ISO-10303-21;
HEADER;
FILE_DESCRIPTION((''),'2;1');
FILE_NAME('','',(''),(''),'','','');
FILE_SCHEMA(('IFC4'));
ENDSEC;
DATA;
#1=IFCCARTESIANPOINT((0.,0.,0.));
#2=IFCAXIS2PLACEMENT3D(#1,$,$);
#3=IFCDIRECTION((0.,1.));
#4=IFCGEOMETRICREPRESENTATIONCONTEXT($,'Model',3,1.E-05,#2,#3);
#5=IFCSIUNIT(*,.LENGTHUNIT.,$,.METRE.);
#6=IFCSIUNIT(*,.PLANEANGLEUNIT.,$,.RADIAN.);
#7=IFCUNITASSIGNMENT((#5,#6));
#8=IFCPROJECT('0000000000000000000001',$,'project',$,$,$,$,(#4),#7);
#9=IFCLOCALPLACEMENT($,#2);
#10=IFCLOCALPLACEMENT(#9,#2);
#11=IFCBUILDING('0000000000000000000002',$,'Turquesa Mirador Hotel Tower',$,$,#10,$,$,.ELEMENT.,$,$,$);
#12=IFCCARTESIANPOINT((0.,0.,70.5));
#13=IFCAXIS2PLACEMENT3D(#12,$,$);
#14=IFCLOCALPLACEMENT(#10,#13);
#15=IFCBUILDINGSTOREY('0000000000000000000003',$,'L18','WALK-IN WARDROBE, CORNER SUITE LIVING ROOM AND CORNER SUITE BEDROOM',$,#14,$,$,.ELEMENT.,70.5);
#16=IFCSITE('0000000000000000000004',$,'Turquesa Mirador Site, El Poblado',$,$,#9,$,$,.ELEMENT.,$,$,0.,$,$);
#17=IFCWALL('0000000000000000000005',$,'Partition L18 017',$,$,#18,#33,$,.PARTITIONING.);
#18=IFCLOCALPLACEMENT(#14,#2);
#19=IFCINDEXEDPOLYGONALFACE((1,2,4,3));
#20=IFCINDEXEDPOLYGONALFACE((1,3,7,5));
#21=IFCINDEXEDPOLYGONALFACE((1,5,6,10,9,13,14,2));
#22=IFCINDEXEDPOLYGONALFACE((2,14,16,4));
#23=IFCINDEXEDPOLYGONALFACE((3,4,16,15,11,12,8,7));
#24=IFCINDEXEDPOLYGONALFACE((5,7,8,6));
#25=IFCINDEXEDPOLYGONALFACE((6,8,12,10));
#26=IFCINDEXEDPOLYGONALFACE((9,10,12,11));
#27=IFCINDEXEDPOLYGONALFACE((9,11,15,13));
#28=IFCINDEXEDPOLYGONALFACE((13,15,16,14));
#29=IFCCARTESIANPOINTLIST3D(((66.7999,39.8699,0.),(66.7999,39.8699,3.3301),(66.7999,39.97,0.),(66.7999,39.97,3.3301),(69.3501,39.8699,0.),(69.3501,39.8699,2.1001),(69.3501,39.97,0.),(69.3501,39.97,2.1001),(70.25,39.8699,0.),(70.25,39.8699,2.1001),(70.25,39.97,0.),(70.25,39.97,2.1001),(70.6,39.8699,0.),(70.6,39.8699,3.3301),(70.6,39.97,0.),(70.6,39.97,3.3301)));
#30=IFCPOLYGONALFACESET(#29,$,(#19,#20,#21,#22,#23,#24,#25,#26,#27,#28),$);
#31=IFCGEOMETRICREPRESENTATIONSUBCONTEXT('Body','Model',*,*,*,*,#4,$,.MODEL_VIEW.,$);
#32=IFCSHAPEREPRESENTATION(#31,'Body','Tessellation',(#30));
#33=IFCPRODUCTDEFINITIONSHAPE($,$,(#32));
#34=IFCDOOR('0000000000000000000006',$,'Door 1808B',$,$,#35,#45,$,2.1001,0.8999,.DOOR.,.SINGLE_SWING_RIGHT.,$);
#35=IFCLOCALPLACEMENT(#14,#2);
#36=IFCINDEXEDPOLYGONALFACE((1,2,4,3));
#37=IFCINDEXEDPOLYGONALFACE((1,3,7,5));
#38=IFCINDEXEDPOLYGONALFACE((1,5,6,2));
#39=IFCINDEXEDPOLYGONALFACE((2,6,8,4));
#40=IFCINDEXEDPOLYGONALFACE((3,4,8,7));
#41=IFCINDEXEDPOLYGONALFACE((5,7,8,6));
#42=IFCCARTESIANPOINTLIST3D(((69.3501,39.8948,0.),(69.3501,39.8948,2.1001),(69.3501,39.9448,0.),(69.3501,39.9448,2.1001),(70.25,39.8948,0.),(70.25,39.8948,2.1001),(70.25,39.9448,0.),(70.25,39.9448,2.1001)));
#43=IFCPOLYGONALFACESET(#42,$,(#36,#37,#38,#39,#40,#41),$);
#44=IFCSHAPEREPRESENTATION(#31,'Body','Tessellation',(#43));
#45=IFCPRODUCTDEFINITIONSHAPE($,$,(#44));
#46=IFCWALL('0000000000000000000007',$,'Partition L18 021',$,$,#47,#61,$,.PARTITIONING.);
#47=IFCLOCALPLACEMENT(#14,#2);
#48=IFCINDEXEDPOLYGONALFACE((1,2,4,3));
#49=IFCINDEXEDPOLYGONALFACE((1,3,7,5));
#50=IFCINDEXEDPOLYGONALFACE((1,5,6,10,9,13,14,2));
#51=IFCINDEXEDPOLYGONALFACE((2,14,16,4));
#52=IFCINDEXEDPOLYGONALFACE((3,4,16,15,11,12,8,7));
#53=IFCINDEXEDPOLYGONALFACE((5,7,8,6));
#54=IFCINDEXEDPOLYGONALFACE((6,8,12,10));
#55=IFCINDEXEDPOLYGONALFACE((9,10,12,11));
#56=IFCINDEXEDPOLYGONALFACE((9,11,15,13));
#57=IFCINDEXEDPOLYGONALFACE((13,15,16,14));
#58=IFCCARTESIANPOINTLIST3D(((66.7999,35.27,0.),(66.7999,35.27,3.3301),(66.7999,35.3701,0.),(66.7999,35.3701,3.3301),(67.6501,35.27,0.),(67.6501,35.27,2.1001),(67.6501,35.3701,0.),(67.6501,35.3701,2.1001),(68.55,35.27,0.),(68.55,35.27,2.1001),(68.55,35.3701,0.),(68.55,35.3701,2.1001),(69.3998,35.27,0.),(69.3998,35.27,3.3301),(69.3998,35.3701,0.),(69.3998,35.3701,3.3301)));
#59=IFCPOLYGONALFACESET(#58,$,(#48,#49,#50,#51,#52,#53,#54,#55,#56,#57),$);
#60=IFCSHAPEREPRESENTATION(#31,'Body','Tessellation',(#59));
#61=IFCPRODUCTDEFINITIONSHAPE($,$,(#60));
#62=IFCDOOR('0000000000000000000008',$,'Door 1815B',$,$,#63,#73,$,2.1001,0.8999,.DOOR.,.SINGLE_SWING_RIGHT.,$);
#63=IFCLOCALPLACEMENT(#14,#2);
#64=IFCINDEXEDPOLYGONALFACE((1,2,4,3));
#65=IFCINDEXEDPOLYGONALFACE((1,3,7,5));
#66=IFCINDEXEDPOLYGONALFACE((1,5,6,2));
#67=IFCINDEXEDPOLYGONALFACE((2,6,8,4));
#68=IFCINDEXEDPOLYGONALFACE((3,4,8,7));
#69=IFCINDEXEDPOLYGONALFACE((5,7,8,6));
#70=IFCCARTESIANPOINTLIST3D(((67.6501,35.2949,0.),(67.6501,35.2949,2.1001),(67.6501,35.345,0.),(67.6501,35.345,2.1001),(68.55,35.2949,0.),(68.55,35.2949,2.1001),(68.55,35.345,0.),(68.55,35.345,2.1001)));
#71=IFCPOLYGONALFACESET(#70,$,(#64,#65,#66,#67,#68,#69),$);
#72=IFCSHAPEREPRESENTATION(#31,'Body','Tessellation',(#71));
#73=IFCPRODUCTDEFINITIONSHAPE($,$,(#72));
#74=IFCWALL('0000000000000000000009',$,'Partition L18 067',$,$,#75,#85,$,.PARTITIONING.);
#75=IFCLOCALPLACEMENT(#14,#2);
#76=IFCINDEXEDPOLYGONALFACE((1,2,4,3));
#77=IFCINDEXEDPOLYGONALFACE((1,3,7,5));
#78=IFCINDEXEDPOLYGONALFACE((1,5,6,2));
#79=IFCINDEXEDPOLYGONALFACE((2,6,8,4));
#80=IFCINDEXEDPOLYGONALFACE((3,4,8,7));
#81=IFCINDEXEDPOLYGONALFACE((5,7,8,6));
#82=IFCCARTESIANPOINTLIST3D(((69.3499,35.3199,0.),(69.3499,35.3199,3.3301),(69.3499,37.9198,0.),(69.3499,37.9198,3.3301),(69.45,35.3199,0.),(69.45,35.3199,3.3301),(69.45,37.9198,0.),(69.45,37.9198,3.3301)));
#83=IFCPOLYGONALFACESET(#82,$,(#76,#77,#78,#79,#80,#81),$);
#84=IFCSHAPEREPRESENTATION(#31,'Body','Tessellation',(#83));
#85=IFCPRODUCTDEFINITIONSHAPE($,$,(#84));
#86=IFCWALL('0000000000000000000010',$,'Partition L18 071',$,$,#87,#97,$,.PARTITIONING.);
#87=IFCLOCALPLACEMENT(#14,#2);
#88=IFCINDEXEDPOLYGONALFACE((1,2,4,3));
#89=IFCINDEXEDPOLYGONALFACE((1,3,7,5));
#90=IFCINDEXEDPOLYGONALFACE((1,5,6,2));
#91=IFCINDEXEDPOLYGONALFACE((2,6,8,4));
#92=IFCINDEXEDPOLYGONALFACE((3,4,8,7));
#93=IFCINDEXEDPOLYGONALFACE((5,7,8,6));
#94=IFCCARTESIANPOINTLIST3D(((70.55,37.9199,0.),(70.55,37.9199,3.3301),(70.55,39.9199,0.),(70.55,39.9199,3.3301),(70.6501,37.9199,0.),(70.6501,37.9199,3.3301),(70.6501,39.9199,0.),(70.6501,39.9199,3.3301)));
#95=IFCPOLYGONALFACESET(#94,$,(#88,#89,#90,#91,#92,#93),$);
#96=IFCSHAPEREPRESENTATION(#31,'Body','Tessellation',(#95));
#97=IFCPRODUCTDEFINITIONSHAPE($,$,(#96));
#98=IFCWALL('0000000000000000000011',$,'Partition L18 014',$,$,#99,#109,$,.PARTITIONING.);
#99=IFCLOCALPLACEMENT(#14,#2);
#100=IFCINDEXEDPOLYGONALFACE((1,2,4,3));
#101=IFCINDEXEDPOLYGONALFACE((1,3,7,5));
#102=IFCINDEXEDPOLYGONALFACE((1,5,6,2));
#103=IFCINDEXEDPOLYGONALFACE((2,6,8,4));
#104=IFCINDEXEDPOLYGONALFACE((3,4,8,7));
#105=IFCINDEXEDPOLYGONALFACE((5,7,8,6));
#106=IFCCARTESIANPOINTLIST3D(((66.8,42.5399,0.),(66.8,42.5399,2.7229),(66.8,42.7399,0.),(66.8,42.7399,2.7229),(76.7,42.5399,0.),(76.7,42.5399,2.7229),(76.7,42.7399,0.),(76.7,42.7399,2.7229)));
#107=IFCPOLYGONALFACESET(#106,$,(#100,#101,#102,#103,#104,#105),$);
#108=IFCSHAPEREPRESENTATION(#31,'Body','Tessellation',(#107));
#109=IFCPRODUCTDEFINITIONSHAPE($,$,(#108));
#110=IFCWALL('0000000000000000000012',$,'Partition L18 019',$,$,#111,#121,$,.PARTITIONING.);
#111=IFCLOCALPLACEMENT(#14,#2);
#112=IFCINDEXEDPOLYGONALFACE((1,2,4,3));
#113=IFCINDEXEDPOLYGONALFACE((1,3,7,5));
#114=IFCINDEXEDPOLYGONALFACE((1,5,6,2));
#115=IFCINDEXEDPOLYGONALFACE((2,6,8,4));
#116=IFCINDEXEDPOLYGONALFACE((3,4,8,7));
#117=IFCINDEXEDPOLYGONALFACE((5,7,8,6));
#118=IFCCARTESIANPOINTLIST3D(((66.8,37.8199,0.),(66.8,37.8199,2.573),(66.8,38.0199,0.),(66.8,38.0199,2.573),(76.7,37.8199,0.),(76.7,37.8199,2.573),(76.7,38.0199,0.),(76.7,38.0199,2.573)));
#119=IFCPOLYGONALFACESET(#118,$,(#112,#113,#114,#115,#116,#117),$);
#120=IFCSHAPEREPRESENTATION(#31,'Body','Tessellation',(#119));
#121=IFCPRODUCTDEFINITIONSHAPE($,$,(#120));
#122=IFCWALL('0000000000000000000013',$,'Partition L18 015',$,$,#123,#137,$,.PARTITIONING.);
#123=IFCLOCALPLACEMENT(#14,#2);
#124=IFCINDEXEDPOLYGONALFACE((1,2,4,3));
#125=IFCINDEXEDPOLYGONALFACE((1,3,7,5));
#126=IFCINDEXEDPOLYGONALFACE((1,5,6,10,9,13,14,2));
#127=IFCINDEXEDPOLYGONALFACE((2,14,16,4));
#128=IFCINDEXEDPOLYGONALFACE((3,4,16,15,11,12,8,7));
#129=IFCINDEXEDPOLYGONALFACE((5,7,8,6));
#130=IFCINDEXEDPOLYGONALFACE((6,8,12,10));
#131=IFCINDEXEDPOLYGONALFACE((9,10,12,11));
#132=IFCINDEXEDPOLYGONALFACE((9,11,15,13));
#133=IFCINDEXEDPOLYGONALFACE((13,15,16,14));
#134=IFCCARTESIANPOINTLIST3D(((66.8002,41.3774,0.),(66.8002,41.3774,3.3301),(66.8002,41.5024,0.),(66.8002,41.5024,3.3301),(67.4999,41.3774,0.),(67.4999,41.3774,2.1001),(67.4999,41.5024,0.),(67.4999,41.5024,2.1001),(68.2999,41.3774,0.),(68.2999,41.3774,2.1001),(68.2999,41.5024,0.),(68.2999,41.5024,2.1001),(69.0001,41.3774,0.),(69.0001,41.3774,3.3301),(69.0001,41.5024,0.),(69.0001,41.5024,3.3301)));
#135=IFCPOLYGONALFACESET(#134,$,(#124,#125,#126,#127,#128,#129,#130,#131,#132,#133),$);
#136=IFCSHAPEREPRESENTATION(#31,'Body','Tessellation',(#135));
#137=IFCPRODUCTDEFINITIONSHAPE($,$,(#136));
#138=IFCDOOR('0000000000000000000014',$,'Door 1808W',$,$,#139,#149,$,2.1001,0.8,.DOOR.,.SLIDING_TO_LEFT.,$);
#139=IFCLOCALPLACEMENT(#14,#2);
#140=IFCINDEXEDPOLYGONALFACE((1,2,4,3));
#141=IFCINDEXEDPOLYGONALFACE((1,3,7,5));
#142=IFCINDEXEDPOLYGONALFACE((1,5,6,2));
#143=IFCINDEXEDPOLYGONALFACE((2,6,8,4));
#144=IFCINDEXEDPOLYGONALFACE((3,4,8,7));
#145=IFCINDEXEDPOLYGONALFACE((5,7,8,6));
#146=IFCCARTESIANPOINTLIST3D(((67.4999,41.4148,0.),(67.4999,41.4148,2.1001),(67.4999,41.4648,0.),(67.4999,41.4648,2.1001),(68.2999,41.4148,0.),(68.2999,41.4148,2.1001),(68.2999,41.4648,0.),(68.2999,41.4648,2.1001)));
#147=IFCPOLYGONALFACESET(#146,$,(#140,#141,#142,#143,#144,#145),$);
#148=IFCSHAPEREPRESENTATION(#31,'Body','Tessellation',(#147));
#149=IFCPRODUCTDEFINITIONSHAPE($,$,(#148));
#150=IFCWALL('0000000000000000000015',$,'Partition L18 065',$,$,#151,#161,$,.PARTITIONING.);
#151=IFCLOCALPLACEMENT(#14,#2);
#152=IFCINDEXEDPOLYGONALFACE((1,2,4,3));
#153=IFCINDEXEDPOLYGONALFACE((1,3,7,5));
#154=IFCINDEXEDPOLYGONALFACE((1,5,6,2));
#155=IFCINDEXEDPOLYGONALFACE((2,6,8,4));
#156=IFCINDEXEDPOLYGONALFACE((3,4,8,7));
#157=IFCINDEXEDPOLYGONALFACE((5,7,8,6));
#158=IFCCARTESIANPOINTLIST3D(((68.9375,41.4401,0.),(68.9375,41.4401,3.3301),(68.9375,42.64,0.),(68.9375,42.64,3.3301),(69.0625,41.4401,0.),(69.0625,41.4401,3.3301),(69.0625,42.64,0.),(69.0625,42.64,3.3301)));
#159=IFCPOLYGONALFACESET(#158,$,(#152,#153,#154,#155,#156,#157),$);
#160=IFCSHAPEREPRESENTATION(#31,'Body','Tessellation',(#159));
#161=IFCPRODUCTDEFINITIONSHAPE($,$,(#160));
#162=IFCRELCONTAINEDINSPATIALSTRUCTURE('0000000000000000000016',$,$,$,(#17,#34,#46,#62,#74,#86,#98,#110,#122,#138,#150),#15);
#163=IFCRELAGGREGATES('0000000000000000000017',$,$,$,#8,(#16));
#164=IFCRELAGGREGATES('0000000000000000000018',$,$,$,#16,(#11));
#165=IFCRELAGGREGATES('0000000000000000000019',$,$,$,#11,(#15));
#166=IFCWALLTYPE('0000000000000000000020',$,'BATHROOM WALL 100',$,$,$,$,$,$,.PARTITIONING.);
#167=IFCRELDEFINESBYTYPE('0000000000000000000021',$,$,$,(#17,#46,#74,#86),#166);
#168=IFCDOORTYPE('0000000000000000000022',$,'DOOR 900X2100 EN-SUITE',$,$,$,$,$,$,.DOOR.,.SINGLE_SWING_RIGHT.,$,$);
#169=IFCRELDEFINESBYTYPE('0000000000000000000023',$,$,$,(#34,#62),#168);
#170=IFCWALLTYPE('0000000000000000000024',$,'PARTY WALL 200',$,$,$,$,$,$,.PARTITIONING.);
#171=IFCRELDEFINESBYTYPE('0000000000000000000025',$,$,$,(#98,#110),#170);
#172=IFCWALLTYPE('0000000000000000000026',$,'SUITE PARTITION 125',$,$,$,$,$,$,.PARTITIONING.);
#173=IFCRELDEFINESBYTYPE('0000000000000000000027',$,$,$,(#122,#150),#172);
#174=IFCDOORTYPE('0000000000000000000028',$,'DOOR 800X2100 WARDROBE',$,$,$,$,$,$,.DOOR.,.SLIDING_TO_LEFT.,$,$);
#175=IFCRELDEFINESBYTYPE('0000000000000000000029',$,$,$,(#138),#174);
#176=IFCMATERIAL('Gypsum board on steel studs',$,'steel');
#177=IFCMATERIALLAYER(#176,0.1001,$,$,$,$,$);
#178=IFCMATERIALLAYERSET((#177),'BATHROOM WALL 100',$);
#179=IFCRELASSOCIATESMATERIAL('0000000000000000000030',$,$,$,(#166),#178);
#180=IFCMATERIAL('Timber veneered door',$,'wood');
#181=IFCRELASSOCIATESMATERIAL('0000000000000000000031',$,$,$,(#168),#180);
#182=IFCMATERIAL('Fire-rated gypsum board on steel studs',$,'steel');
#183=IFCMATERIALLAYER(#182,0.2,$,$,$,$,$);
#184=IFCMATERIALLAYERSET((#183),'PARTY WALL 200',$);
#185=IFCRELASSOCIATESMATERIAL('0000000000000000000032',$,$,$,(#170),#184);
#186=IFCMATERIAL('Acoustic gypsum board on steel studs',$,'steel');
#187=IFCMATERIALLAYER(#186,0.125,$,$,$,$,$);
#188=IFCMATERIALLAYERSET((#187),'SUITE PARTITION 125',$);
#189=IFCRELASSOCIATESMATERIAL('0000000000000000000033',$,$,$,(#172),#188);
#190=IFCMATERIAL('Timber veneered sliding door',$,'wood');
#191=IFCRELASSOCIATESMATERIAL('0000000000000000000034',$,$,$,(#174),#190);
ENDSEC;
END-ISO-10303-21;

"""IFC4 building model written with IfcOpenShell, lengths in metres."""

from ifc_helpers import new_model, si_unit, direction, frame, frame_2d, origin, place, context, subcontext, project, spatial, rectangle, extrude, material, layer, layer_set, type_object, element, fill, save


model = new_model("IFC4")

# Units and contexts
model_context = context("Model", 3, precision=1e-05, world=origin(), true_north=direction((0.0, 1.0)))
body_context = subcontext(model_context, "Body", "Model", "MODEL_VIEW")
ifc_project = project(units=[si_unit("LENGTHUNIT", "METRE"), si_unit("PLANEANGLEUNIT", "RADIAN")], contexts=[model_context])

# Site, building, storey
site_placement = place(None, origin())
site = spatial("IfcSite", under=ifc_project, at=site_placement, Name="Turquesa Mirador Site, El Poblado", CompositionType="ELEMENT", RefElevation=0.0)
building_placement = place(site_placement, origin())
building = spatial("IfcBuilding", under=site, at=building_placement, Name="Turquesa Mirador Hotel Tower", CompositionType="ELEMENT")
storey_placement = place(building_placement, frame((0.0, 0.0, 70.5)))
storey = spatial("IfcBuildingStorey", under=building, at=storey_placement, Name="L18", Description="WALK-IN WARDROBE, CORNER SUITE LIVING ROOM AND CORNER SUITE BEDROOM", CompositionType="ELEMENT", Elevation=70.5)

# Walls, openings, doors
ifc_material_1 = material(Name="Gypsum board on steel studs", Category="steel")
ifc_layer_1 = layer(ifc_material_1, 0.1001)
ifc_layer_set_1 = layer_set([ifc_layer_1], Name="BATHROOM WALL 100")
wall_type_1 = type_object("IfcWallType", Name="BATHROOM WALL 100", PredefinedType="PARTITIONING", material=ifc_layer_set_1)
wall_1_placement = place(storey_placement, frame((66.8, 39.9199, 0.0), z_axis=(0.0, 0.0, 1.0), x_axis=(1.0, 0.0, 0.0)))
wall_1 = element("IfcWall", 1, at=wall_1_placement, inside=storey, type_object=wall_type_1, Name="Partition L18 017", PredefinedType="PARTITIONING", context=body_context, shape_type="SweptSolid", body=[
    extrude(rectangle(XDim=3.8, YDim=0.1001, at=frame_2d((1.8999, 0.0))), origin(), (0.0, 0.0, 1.0), 3.3301),
])
opening_1_placement = place(wall_1_placement, frame((2.55, 0.0, 0.0)))
opening_1 = element("IfcOpeningElement", 2, at=opening_1_placement, cuts=wall_1, PredefinedType="OPENING", context=body_context, shape_type="SweptSolid", body=[
    extrude(rectangle(XDim=0.8999, YDim=2.1001, at=frame_2d((0.45, 1.05))), frame((0.0, 0.0601, 0.0), z_axis=(0.0, -1.0, 0.0), x_axis=(1.0, 0.0, 0.0)), (0.0, 0.0, 1.0), 0.1201),
])
ifc_material_2 = material(Name="Timber veneered door", Category="wood")
door_type_1 = type_object("IfcDoorType", Name="DOOR 900X2100 EN-SUITE", OperationType="SINGLE_SWING_RIGHT", PredefinedType="DOOR", material=ifc_material_2)
door_1_placement = place(opening_1_placement, origin())
door_1 = element("IfcDoor", 3, at=door_1_placement, inside=storey, type_object=door_type_1, Name="Door 1808B", OperationType="SINGLE_SWING_RIGHT", OverallHeight=2.1001, OverallWidth=0.8999, PredefinedType="DOOR", context=body_context, shape_type="SweptSolid", body=[
    extrude(rectangle(XDim=0.8999, YDim=2.1001, at=frame_2d((0.45, 1.05))), frame((0.0, 0.0249, 0.0), z_axis=(0.0, -1.0, 0.0), x_axis=(1.0, 0.0, 0.0)), (0.0, 0.0, 1.0), 0.05),
])
fill(opening_1, door_1)
wall_2_placement = place(storey_placement, frame((66.8, 35.3201, 0.0), z_axis=(0.0, 0.0, 1.0), x_axis=(1.0, 0.0, 0.0)))
wall_2 = element("IfcWall", 4, at=wall_2_placement, inside=storey, type_object=wall_type_1, Name="Partition L18 021", PredefinedType="PARTITIONING", context=body_context, shape_type="SweptSolid", body=[
    extrude(rectangle(XDim=2.5999, YDim=0.1001, at=frame_2d((1.2998, 0.0))), origin(), (0.0, 0.0, 1.0), 3.3301),
])
opening_2_placement = place(wall_2_placement, frame((0.8501, 0.0, 0.0)))
opening_2 = element("IfcOpeningElement", 5, at=opening_2_placement, cuts=wall_2, PredefinedType="OPENING", context=body_context, shape_type="SweptSolid", body=[
    extrude(rectangle(XDim=0.8999, YDim=2.1001, at=frame_2d((0.45, 1.05))), frame((0.0, 0.0601, 0.0), z_axis=(0.0, -1.0, 0.0), x_axis=(1.0, 0.0, 0.0)), (0.0, 0.0, 1.0), 0.1201),
])
door_2_placement = place(opening_2_placement, origin())
door_2 = element("IfcDoor", 6, at=door_2_placement, inside=storey, type_object=door_type_1, Name="Door 1815B", OperationType="SINGLE_SWING_RIGHT", OverallHeight=2.1001, OverallWidth=0.8999, PredefinedType="DOOR", context=body_context, shape_type="SweptSolid", body=[
    extrude(rectangle(XDim=0.8999, YDim=2.1001, at=frame_2d((0.45, 1.05))), frame((0.0, 0.0249, 0.0), z_axis=(0.0, -1.0, 0.0), x_axis=(1.0, 0.0, 0.0)), (0.0, 0.0, 1.0), 0.05),
])
fill(opening_2, door_2)

# Walls
wall_3_placement = place(storey_placement, frame((69.3999, 35.3201, 0.0), z_axis=(0.0, 0.0, 1.0), x_axis=(0.0, 1.0, 0.0)))
element("IfcWall", 7, at=wall_3_placement, inside=storey, type_object=wall_type_1, Name="Partition L18 067", PredefinedType="PARTITIONING", context=body_context, shape_type="SweptSolid", body=[
    extrude(rectangle(XDim=2.5999, YDim=0.1001, at=frame_2d((1.2998, 0.0))), origin(), (0.0, 0.0, 1.0), 3.3301),
])
wall_4_placement = place(storey_placement, frame((70.6001, 37.9199, 0.0), z_axis=(0.0, 0.0, 1.0), x_axis=(0.0, 1.0, 0.0)))
element("IfcWall", 8, at=wall_4_placement, inside=storey, type_object=wall_type_1, Name="Partition L18 071", PredefinedType="PARTITIONING", context=body_context, shape_type="SweptSolid", body=[
    extrude(rectangle(XDim=2.0, YDim=0.1001, at=frame_2d((1.0, 0.0))), origin(), (0.0, 0.0, 1.0), 3.3301),
])
ifc_material_3 = material(Name="Fire-rated gypsum board on steel studs", Category="steel")
ifc_layer_2 = layer(ifc_material_3, 0.2)
ifc_layer_set_2 = layer_set([ifc_layer_2], Name="PARTY WALL 200")
wall_type_2 = type_object("IfcWallType", Name="PARTY WALL 200", PredefinedType="PARTITIONING", material=ifc_layer_set_2)
wall_5_placement = place(storey_placement, frame((66.8, 42.6399, 0.0), z_axis=(0.0, 0.0, 1.0), x_axis=(1.0, 0.0, 0.0)))
element("IfcWall", 9, at=wall_5_placement, inside=storey, type_object=wall_type_2, Name="Partition L18 014", PredefinedType="PARTITIONING", context=body_context, shape_type="SweptSolid", body=[
    extrude(rectangle(XDim=9.8999, YDim=0.2, at=frame_2d((4.95, 0.0))), origin(), (0.0, 0.0, 1.0), 2.7229),
])
wall_6_placement = place(storey_placement, frame((66.8, 37.9199, 0.0), z_axis=(0.0, 0.0, 1.0), x_axis=(1.0, 0.0, 0.0)))
element("IfcWall", 10, at=wall_6_placement, inside=storey, type_object=wall_type_2, Name="Partition L18 019", PredefinedType="PARTITIONING", context=body_context, shape_type="SweptSolid", body=[
    extrude(rectangle(XDim=9.8999, YDim=0.2, at=frame_2d((4.95, 0.0))), origin(), (0.0, 0.0, 1.0), 2.573),
])

# Wall, opening, door
ifc_material_4 = material(Name="Acoustic gypsum board on steel studs", Category="steel")
ifc_layer_3 = layer(ifc_material_4, 0.125)
ifc_layer_set_3 = layer_set([ifc_layer_3], Name="SUITE PARTITION 125")
wall_type_3 = type_object("IfcWallType", Name="SUITE PARTITION 125", PredefinedType="PARTITIONING", material=ifc_layer_set_3)
wall_7_placement = place(storey_placement, frame((66.8, 41.4399, 0.0), z_axis=(0.0, 0.0, 1.0), x_axis=(1.0, 0.0, 0.0)))
wall_7 = element("IfcWall", 11, at=wall_7_placement, inside=storey, type_object=wall_type_3, Name="Partition L18 015", PredefinedType="PARTITIONING", context=body_context, shape_type="SweptSolid", body=[
    extrude(rectangle(XDim=2.2, YDim=0.125, at=frame_2d((1.1001, 0.0))), origin(), (0.0, 0.0, 1.0), 3.3301),
])
opening_3_placement = place(wall_7_placement, frame((0.7, 0.0, 0.0)))
opening_3 = element("IfcOpeningElement", 12, at=opening_3_placement, cuts=wall_7, PredefinedType="OPENING", context=body_context, shape_type="SweptSolid", body=[
    extrude(rectangle(XDim=0.8, YDim=2.1001, at=frame_2d((0.3999, 1.05))), frame((0.0, 0.0725, 0.0), z_axis=(0.0, -1.0, 0.0), x_axis=(1.0, 0.0, 0.0)), (0.0, 0.0, 1.0), 0.145),
])
ifc_material_5 = material(Name="Timber veneered sliding door", Category="wood")
door_type_2 = type_object("IfcDoorType", Name="DOOR 800X2100 WARDROBE", OperationType="SLIDING_TO_LEFT", PredefinedType="DOOR", material=ifc_material_5)
door_3_placement = place(opening_3_placement, origin())
door_3 = element("IfcDoor", 13, at=door_3_placement, inside=storey, type_object=door_type_2, Name="Door 1808W", OperationType="SLIDING_TO_LEFT", OverallHeight=2.1001, OverallWidth=0.8, PredefinedType="DOOR", context=body_context, shape_type="SweptSolid", body=[
    extrude(rectangle(XDim=0.8, YDim=2.1001, at=frame_2d((0.3999, 1.05))), frame((0.0, 0.0249, 0.0), z_axis=(0.0, -1.0, 0.0), x_axis=(1.0, 0.0, 0.0)), (0.0, 0.0, 1.0), 0.05),
])
fill(opening_3, door_3)

# Wall
wall_8_placement = place(storey_placement, frame((69.0, 41.4399, 0.0), z_axis=(0.0, 0.0, 1.0), x_axis=(0.0, 1.0, 0.0)))
element("IfcWall", 14, at=wall_8_placement, inside=storey, type_object=wall_type_3, Name="Partition L18 065", PredefinedType="PARTITIONING", context=body_context, shape_type="SweptSolid", body=[
    extrude(rectangle(XDim=1.2, YDim=0.125, at=frame_2d((0.6001, 0.0))), origin(), (0.0, 0.0, 1.0), 3.3301),
])

save(model, "model.ifc")
